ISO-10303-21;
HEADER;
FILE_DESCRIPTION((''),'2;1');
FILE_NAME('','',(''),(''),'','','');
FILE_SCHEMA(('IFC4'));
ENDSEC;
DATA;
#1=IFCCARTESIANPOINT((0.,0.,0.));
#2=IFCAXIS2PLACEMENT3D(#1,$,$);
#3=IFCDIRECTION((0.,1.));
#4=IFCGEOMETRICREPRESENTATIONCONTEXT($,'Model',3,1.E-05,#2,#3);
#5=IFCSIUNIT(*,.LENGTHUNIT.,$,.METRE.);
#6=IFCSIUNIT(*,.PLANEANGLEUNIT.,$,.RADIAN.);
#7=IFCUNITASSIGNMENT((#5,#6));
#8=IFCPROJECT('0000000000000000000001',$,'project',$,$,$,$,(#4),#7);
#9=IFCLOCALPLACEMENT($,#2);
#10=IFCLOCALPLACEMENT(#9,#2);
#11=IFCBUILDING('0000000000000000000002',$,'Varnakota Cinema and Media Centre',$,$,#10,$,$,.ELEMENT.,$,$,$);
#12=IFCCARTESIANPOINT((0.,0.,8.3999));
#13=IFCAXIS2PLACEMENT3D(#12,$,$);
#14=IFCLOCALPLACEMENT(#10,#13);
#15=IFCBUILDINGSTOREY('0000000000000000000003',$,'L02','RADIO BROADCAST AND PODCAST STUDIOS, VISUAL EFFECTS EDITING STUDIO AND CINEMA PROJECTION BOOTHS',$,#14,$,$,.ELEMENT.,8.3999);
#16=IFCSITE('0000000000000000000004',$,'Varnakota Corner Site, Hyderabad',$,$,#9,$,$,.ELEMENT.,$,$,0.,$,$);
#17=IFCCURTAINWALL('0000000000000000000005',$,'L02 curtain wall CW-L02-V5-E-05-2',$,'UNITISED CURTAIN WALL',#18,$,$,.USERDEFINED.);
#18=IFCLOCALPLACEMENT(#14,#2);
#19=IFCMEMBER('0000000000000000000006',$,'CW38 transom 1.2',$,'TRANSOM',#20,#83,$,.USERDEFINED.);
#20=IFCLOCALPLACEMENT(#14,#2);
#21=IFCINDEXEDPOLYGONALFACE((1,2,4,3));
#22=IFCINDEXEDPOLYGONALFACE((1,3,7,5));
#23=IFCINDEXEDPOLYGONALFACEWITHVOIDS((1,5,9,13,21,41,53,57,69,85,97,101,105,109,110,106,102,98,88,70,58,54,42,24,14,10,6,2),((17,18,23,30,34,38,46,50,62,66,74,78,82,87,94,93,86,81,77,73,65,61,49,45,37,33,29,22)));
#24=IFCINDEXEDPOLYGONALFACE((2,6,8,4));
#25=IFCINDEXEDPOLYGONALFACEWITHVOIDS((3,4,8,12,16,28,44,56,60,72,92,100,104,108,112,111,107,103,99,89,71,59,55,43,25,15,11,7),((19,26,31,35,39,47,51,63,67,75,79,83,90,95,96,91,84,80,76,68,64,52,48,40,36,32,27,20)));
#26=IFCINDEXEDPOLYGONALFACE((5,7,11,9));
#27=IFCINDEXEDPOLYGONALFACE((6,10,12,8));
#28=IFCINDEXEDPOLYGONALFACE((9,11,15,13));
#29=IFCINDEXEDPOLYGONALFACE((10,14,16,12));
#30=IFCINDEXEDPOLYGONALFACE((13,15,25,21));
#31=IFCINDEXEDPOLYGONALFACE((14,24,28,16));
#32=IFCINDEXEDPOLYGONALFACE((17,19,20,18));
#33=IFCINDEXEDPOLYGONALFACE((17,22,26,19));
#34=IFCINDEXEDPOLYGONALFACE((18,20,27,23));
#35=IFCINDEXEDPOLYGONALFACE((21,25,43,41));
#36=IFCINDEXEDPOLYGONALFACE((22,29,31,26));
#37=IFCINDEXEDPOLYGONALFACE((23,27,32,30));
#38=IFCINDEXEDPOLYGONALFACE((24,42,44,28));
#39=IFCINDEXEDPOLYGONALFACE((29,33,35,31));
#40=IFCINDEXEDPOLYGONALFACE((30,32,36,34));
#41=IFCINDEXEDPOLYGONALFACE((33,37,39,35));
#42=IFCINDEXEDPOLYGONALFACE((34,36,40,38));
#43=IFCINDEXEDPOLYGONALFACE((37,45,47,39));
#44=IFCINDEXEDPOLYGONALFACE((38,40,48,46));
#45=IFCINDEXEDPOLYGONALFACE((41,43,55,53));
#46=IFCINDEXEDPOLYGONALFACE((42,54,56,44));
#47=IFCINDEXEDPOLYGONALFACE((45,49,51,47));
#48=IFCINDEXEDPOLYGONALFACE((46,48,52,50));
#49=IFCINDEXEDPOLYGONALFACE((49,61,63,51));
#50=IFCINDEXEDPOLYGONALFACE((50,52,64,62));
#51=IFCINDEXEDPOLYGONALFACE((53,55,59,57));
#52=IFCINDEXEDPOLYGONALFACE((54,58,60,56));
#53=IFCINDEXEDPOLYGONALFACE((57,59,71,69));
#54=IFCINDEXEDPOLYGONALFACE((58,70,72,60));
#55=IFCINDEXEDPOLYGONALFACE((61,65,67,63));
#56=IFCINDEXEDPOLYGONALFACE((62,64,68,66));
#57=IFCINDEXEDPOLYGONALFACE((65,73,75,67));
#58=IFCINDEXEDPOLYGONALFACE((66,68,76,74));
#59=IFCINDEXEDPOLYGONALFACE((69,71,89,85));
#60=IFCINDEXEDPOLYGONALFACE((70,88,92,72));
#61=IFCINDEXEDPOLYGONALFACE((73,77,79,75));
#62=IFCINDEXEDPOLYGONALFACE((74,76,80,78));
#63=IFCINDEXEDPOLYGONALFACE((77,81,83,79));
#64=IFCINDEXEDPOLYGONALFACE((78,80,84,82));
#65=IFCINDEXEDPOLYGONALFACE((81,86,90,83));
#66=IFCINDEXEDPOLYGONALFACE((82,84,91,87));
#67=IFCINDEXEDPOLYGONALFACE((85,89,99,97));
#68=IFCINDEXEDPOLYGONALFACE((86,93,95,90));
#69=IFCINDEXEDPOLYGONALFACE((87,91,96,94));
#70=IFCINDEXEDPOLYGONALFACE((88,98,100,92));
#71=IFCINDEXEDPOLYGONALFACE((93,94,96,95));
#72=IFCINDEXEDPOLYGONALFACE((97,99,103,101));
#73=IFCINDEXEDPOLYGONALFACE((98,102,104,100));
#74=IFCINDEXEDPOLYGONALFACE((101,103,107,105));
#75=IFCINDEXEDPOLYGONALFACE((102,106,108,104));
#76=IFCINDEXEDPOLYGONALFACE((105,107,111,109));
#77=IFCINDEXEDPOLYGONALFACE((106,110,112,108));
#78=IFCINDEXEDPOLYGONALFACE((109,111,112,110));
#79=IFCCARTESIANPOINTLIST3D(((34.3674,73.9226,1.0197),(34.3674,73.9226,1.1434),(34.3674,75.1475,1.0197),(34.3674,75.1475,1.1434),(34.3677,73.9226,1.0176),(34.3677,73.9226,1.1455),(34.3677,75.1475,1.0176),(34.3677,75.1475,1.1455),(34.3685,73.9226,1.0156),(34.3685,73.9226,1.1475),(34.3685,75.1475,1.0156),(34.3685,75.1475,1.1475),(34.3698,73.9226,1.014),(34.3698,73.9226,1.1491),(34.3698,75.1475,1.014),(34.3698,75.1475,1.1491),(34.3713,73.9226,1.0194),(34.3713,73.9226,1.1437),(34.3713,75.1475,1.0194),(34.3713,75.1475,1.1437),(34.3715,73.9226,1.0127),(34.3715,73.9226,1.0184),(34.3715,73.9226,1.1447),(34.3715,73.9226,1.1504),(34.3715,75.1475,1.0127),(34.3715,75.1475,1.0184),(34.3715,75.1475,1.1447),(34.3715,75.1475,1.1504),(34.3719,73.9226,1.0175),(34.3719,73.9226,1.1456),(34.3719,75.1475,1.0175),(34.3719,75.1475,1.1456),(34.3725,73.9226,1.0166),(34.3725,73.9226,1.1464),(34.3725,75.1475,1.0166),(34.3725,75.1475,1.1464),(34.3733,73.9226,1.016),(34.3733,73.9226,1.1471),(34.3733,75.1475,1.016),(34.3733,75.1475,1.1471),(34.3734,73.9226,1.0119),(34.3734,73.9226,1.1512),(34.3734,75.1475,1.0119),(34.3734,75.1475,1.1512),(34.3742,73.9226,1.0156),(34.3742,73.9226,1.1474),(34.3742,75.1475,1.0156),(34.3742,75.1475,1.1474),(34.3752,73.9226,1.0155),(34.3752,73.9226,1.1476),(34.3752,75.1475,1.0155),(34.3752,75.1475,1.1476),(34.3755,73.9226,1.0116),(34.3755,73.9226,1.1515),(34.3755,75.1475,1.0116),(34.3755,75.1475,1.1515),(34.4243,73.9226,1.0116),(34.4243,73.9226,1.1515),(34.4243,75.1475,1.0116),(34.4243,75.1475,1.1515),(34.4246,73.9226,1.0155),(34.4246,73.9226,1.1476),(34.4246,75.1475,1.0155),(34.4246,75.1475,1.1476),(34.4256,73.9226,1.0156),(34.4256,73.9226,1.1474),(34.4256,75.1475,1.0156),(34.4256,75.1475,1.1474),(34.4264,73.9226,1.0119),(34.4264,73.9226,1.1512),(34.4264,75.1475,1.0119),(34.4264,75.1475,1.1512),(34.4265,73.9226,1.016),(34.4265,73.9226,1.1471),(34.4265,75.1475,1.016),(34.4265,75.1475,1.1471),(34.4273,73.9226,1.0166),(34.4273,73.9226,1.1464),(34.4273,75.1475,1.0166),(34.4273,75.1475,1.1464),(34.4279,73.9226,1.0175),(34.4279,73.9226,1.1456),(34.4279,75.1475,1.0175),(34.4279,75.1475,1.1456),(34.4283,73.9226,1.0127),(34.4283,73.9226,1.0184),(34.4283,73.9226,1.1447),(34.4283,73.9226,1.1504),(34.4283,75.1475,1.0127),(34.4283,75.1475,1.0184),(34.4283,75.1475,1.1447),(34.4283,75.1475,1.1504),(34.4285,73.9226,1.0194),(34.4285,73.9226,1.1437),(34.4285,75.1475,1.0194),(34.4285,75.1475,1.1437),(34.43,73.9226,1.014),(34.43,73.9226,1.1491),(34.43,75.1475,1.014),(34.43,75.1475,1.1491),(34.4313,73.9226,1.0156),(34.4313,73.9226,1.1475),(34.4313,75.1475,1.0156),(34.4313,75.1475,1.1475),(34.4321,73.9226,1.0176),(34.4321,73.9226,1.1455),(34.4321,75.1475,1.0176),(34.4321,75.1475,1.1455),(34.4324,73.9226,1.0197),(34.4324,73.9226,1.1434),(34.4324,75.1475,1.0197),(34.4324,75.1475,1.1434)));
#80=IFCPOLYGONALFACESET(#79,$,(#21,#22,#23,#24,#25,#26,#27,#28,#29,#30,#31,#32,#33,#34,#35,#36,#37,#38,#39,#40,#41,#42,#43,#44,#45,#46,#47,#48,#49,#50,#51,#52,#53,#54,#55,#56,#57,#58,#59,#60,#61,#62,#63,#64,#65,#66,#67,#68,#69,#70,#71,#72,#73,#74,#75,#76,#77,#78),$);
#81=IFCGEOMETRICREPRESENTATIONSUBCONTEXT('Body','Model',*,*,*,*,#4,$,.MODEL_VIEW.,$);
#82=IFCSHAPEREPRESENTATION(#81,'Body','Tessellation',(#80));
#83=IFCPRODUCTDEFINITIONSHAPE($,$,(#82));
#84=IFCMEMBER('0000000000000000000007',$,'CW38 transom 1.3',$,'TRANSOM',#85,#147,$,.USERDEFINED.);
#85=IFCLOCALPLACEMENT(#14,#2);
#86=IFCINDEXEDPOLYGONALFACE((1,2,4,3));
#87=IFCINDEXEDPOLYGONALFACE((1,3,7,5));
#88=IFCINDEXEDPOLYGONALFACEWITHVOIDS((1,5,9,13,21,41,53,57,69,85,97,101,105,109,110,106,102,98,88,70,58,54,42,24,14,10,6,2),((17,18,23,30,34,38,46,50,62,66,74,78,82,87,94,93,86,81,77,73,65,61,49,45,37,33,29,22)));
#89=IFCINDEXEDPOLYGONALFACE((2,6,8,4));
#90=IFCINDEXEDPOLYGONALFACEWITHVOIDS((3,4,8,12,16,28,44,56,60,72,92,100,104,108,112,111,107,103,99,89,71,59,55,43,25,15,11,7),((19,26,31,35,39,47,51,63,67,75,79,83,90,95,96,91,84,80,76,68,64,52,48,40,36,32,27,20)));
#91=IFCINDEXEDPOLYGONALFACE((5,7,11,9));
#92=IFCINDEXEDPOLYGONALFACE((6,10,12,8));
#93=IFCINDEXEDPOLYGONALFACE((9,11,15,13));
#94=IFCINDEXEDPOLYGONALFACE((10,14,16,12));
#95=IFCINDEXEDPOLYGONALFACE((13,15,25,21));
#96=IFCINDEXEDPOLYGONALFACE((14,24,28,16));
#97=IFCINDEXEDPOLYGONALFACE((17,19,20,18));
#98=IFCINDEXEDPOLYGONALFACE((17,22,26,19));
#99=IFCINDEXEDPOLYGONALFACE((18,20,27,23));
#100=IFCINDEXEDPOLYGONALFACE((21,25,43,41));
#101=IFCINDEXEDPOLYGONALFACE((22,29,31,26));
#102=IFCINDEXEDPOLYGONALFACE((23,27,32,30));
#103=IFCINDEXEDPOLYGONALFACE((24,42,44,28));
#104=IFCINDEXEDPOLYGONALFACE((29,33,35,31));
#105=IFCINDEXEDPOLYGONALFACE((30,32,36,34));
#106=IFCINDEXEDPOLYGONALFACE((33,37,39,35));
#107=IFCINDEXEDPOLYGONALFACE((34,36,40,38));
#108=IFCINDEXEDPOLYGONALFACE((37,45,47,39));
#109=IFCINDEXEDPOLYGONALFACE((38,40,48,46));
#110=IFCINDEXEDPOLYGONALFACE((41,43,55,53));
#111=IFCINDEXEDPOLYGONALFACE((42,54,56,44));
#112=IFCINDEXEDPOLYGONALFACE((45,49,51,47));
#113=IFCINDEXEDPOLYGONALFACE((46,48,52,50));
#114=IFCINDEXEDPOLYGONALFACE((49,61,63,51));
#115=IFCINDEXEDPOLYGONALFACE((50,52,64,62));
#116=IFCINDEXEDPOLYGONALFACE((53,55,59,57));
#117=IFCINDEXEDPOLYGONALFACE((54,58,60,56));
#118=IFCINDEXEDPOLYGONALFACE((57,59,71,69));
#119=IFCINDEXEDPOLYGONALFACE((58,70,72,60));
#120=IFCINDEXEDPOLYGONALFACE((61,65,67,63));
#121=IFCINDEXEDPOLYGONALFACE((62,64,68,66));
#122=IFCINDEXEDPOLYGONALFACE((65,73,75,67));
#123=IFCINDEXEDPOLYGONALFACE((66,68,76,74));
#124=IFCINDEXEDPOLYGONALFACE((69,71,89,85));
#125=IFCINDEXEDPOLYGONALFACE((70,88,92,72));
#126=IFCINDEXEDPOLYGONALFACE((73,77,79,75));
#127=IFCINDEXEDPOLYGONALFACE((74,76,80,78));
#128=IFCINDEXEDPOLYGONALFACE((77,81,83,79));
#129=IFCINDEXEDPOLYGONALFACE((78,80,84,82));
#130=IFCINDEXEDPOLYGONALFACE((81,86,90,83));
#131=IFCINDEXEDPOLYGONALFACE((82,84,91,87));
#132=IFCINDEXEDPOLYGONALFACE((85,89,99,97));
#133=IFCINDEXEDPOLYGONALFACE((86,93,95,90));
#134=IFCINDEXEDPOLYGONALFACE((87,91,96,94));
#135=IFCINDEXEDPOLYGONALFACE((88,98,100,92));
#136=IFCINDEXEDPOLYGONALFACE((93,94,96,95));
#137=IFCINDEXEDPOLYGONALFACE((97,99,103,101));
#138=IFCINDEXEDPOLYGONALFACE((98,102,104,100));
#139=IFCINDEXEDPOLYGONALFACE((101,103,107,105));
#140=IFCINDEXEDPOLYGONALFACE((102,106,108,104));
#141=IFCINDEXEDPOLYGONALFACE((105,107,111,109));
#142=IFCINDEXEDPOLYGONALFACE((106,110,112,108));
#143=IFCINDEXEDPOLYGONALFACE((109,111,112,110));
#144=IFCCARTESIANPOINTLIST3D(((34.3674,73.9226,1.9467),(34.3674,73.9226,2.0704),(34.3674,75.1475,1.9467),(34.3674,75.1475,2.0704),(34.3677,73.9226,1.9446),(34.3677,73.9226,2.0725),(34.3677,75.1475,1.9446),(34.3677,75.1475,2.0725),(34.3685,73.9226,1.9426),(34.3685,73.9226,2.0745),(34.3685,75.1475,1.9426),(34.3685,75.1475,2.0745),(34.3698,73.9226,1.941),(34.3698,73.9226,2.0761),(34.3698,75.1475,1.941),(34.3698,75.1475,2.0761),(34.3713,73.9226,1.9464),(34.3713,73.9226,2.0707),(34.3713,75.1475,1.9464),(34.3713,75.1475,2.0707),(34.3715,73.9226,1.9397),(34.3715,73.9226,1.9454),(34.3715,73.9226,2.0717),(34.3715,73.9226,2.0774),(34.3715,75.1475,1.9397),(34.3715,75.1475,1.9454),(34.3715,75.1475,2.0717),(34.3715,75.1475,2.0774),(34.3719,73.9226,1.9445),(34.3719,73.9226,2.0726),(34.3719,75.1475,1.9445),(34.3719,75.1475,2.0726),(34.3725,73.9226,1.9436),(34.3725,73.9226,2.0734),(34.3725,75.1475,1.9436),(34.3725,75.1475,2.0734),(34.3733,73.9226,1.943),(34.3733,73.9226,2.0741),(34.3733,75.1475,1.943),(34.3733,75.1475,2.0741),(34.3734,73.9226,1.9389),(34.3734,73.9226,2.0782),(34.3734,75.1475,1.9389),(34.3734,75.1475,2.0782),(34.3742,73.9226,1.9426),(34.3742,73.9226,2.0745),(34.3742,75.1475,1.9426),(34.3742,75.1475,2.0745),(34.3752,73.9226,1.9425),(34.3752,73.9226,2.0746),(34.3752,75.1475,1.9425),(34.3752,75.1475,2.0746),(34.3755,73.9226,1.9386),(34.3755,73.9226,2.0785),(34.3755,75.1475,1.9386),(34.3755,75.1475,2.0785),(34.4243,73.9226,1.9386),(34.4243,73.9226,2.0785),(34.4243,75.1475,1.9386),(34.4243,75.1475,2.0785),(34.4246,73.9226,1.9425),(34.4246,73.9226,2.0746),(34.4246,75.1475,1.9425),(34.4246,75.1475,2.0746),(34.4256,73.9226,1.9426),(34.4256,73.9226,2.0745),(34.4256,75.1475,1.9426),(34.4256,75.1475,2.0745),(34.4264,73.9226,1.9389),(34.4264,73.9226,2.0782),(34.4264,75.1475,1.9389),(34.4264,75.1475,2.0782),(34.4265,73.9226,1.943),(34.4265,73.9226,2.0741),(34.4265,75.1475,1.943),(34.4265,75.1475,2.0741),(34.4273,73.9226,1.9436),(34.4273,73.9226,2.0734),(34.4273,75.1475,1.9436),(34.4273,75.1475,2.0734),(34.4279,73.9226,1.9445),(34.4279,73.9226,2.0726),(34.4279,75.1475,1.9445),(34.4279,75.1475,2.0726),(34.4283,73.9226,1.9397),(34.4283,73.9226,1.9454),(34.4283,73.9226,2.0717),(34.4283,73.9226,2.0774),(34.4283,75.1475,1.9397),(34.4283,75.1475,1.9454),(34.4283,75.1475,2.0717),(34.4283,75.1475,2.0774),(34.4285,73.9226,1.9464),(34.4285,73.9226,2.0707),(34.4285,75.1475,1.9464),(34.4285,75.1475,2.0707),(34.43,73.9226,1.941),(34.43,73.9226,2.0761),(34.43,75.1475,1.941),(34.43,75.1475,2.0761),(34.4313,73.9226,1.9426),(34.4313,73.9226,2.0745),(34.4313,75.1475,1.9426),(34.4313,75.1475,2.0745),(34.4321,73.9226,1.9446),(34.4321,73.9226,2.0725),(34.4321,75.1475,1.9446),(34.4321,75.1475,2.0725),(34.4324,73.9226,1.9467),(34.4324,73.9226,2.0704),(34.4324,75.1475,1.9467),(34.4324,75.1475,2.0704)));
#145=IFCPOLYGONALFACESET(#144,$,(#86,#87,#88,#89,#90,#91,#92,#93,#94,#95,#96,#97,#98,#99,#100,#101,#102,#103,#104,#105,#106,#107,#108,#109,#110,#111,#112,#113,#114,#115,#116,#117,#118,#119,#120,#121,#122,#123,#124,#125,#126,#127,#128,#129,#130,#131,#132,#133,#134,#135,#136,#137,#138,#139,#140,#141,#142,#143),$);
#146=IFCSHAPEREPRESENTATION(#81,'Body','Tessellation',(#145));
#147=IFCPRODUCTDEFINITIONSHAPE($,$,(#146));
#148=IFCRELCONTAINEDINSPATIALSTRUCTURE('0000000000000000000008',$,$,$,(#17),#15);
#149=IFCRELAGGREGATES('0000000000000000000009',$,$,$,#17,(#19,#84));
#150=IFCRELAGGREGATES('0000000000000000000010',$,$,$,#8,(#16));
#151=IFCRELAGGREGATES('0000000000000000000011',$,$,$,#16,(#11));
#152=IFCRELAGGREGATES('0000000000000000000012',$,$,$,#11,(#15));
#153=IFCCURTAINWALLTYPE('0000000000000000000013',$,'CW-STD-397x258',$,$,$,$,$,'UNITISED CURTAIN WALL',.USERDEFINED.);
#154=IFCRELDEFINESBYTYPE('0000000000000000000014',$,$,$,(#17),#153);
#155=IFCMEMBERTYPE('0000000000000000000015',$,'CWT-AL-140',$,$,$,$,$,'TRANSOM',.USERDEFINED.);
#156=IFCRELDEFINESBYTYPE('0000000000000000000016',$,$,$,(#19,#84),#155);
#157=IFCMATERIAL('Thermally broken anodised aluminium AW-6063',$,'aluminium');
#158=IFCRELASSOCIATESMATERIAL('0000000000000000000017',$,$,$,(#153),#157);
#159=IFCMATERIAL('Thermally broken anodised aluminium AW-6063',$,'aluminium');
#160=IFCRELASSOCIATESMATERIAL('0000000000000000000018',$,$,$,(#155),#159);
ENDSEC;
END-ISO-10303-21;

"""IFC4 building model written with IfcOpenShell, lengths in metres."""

from ifc_helpers import new_model, si_unit, direction, frame, origin, origin_2d, place, context, subcontext, project, spatial, hollow_rectangle, extrude, material, material_profile, profile_set, type_object, element, aggregate, save


model = new_model("IFC4")

# Units and contexts
model_context = context("Model", 3, precision=1e-05, world=origin(), true_north=direction((0.0, 1.0)))
body_context = subcontext(model_context, "Body", "Model", "MODEL_VIEW")
ifc_project = project(units=[si_unit("LENGTHUNIT", "METRE"), si_unit("PLANEANGLEUNIT", "RADIAN")], contexts=[model_context])

# Site, building, storey
site_placement = place(None, origin())
site = spatial("IfcSite", under=ifc_project, at=site_placement, Name="Varnakota Corner Site, Hyderabad", CompositionType="ELEMENT", RefElevation=0.0)
building_placement = place(site_placement, origin())
building = spatial("IfcBuilding", under=site, at=building_placement, Name="Varnakota Cinema and Media Centre", CompositionType="ELEMENT")
storey_placement = place(building_placement, frame((0.0, 0.0, 8.3999)))
storey = spatial("IfcBuildingStorey", under=building, at=storey_placement, Name="L02", Description="RADIO BROADCAST AND PODCAST STUDIOS, VISUAL EFFECTS EDITING STUDIO AND CINEMA PROJECTION BOOTHS", CompositionType="ELEMENT", Elevation=8.3999)

# Shared definitions
ifc_material_1 = material(Name="Thermally broken anodised aluminium AW-6063", Category="aluminium")
curtain_wall_type = type_object("IfcCurtainWallType", Name="CW-STD-397x258", ElementType="UNITISED CURTAIN WALL", PredefinedType="USERDEFINED", material=ifc_material_1)

# Curtain wall, members
curtain_wall_1_placement = place(storey_placement, origin())
curtain_wall_1 = element("IfcCurtainWall", 1, at=curtain_wall_1_placement, inside=storey, type_object=curtain_wall_type, Name="L02 curtain wall CW-L02-V5-E-05-2", ObjectType="UNITISED CURTAIN WALL", PredefinedType="USERDEFINED")
ifc_material_2 = material(Name="Thermally broken anodised aluminium AW-6063", Category="aluminium")
ifc_material_profile_1 = material_profile(ifc_material_2, hollow_rectangle(XDim=0.0649, YDim=0.1399, WallThickness=0.0039, InnerFilletRadius=0.0039, OuterFilletRadius=0.0081, at=origin_2d()), Name="AL-TRANSOM 140x65x4")
ifc_profile_set_1 = profile_set([ifc_material_profile_1], Name="Thermally broken anodised aluminium AW-6063")
member_type_1 = type_object("IfcMemberType", Name="CWT-AL-140", ElementType="TRANSOM", PredefinedType="USERDEFINED", material=ifc_profile_set_1)
member_1_placement = place(storey_placement, frame((34.3999, 73.9226, 1.0815), z_axis=(0.0, 1.0, 0.0), x_axis=(-1.0, 0.0, 0.0)))
member_1 = element("IfcMember", 2, at=member_1_placement, type_object=member_type_1, Name="CW38 transom 1.2", ObjectType="TRANSOM", PredefinedType="USERDEFINED", context=body_context, shape_type="SweptSolid", body=[
    extrude(hollow_rectangle(XDim=0.0649, YDim=0.1399, WallThickness=0.0039, InnerFilletRadius=0.0039, OuterFilletRadius=0.0081, at=origin_2d()), origin(), (0.0, 0.0, 1.0), 1.2249),
])
member_2_placement = place(storey_placement, frame((34.3999, 73.9226, 2.0085), z_axis=(0.0, 1.0, 0.0), x_axis=(-1.0, 0.0, 0.0)))
member_2 = element("IfcMember", 3, at=member_2_placement, type_object=member_type_1, Name="CW38 transom 1.3", ObjectType="TRANSOM", PredefinedType="USERDEFINED", context=body_context, shape_type="SweptSolid", body=[
    extrude(hollow_rectangle(XDim=0.0649, YDim=0.1399, WallThickness=0.0039, InnerFilletRadius=0.0039, OuterFilletRadius=0.0081, at=origin_2d()), origin(), (0.0, 0.0, 1.0), 1.2249),
])
aggregate(curtain_wall_1, [member_1, member_2])

save(model, "model.ifc")
